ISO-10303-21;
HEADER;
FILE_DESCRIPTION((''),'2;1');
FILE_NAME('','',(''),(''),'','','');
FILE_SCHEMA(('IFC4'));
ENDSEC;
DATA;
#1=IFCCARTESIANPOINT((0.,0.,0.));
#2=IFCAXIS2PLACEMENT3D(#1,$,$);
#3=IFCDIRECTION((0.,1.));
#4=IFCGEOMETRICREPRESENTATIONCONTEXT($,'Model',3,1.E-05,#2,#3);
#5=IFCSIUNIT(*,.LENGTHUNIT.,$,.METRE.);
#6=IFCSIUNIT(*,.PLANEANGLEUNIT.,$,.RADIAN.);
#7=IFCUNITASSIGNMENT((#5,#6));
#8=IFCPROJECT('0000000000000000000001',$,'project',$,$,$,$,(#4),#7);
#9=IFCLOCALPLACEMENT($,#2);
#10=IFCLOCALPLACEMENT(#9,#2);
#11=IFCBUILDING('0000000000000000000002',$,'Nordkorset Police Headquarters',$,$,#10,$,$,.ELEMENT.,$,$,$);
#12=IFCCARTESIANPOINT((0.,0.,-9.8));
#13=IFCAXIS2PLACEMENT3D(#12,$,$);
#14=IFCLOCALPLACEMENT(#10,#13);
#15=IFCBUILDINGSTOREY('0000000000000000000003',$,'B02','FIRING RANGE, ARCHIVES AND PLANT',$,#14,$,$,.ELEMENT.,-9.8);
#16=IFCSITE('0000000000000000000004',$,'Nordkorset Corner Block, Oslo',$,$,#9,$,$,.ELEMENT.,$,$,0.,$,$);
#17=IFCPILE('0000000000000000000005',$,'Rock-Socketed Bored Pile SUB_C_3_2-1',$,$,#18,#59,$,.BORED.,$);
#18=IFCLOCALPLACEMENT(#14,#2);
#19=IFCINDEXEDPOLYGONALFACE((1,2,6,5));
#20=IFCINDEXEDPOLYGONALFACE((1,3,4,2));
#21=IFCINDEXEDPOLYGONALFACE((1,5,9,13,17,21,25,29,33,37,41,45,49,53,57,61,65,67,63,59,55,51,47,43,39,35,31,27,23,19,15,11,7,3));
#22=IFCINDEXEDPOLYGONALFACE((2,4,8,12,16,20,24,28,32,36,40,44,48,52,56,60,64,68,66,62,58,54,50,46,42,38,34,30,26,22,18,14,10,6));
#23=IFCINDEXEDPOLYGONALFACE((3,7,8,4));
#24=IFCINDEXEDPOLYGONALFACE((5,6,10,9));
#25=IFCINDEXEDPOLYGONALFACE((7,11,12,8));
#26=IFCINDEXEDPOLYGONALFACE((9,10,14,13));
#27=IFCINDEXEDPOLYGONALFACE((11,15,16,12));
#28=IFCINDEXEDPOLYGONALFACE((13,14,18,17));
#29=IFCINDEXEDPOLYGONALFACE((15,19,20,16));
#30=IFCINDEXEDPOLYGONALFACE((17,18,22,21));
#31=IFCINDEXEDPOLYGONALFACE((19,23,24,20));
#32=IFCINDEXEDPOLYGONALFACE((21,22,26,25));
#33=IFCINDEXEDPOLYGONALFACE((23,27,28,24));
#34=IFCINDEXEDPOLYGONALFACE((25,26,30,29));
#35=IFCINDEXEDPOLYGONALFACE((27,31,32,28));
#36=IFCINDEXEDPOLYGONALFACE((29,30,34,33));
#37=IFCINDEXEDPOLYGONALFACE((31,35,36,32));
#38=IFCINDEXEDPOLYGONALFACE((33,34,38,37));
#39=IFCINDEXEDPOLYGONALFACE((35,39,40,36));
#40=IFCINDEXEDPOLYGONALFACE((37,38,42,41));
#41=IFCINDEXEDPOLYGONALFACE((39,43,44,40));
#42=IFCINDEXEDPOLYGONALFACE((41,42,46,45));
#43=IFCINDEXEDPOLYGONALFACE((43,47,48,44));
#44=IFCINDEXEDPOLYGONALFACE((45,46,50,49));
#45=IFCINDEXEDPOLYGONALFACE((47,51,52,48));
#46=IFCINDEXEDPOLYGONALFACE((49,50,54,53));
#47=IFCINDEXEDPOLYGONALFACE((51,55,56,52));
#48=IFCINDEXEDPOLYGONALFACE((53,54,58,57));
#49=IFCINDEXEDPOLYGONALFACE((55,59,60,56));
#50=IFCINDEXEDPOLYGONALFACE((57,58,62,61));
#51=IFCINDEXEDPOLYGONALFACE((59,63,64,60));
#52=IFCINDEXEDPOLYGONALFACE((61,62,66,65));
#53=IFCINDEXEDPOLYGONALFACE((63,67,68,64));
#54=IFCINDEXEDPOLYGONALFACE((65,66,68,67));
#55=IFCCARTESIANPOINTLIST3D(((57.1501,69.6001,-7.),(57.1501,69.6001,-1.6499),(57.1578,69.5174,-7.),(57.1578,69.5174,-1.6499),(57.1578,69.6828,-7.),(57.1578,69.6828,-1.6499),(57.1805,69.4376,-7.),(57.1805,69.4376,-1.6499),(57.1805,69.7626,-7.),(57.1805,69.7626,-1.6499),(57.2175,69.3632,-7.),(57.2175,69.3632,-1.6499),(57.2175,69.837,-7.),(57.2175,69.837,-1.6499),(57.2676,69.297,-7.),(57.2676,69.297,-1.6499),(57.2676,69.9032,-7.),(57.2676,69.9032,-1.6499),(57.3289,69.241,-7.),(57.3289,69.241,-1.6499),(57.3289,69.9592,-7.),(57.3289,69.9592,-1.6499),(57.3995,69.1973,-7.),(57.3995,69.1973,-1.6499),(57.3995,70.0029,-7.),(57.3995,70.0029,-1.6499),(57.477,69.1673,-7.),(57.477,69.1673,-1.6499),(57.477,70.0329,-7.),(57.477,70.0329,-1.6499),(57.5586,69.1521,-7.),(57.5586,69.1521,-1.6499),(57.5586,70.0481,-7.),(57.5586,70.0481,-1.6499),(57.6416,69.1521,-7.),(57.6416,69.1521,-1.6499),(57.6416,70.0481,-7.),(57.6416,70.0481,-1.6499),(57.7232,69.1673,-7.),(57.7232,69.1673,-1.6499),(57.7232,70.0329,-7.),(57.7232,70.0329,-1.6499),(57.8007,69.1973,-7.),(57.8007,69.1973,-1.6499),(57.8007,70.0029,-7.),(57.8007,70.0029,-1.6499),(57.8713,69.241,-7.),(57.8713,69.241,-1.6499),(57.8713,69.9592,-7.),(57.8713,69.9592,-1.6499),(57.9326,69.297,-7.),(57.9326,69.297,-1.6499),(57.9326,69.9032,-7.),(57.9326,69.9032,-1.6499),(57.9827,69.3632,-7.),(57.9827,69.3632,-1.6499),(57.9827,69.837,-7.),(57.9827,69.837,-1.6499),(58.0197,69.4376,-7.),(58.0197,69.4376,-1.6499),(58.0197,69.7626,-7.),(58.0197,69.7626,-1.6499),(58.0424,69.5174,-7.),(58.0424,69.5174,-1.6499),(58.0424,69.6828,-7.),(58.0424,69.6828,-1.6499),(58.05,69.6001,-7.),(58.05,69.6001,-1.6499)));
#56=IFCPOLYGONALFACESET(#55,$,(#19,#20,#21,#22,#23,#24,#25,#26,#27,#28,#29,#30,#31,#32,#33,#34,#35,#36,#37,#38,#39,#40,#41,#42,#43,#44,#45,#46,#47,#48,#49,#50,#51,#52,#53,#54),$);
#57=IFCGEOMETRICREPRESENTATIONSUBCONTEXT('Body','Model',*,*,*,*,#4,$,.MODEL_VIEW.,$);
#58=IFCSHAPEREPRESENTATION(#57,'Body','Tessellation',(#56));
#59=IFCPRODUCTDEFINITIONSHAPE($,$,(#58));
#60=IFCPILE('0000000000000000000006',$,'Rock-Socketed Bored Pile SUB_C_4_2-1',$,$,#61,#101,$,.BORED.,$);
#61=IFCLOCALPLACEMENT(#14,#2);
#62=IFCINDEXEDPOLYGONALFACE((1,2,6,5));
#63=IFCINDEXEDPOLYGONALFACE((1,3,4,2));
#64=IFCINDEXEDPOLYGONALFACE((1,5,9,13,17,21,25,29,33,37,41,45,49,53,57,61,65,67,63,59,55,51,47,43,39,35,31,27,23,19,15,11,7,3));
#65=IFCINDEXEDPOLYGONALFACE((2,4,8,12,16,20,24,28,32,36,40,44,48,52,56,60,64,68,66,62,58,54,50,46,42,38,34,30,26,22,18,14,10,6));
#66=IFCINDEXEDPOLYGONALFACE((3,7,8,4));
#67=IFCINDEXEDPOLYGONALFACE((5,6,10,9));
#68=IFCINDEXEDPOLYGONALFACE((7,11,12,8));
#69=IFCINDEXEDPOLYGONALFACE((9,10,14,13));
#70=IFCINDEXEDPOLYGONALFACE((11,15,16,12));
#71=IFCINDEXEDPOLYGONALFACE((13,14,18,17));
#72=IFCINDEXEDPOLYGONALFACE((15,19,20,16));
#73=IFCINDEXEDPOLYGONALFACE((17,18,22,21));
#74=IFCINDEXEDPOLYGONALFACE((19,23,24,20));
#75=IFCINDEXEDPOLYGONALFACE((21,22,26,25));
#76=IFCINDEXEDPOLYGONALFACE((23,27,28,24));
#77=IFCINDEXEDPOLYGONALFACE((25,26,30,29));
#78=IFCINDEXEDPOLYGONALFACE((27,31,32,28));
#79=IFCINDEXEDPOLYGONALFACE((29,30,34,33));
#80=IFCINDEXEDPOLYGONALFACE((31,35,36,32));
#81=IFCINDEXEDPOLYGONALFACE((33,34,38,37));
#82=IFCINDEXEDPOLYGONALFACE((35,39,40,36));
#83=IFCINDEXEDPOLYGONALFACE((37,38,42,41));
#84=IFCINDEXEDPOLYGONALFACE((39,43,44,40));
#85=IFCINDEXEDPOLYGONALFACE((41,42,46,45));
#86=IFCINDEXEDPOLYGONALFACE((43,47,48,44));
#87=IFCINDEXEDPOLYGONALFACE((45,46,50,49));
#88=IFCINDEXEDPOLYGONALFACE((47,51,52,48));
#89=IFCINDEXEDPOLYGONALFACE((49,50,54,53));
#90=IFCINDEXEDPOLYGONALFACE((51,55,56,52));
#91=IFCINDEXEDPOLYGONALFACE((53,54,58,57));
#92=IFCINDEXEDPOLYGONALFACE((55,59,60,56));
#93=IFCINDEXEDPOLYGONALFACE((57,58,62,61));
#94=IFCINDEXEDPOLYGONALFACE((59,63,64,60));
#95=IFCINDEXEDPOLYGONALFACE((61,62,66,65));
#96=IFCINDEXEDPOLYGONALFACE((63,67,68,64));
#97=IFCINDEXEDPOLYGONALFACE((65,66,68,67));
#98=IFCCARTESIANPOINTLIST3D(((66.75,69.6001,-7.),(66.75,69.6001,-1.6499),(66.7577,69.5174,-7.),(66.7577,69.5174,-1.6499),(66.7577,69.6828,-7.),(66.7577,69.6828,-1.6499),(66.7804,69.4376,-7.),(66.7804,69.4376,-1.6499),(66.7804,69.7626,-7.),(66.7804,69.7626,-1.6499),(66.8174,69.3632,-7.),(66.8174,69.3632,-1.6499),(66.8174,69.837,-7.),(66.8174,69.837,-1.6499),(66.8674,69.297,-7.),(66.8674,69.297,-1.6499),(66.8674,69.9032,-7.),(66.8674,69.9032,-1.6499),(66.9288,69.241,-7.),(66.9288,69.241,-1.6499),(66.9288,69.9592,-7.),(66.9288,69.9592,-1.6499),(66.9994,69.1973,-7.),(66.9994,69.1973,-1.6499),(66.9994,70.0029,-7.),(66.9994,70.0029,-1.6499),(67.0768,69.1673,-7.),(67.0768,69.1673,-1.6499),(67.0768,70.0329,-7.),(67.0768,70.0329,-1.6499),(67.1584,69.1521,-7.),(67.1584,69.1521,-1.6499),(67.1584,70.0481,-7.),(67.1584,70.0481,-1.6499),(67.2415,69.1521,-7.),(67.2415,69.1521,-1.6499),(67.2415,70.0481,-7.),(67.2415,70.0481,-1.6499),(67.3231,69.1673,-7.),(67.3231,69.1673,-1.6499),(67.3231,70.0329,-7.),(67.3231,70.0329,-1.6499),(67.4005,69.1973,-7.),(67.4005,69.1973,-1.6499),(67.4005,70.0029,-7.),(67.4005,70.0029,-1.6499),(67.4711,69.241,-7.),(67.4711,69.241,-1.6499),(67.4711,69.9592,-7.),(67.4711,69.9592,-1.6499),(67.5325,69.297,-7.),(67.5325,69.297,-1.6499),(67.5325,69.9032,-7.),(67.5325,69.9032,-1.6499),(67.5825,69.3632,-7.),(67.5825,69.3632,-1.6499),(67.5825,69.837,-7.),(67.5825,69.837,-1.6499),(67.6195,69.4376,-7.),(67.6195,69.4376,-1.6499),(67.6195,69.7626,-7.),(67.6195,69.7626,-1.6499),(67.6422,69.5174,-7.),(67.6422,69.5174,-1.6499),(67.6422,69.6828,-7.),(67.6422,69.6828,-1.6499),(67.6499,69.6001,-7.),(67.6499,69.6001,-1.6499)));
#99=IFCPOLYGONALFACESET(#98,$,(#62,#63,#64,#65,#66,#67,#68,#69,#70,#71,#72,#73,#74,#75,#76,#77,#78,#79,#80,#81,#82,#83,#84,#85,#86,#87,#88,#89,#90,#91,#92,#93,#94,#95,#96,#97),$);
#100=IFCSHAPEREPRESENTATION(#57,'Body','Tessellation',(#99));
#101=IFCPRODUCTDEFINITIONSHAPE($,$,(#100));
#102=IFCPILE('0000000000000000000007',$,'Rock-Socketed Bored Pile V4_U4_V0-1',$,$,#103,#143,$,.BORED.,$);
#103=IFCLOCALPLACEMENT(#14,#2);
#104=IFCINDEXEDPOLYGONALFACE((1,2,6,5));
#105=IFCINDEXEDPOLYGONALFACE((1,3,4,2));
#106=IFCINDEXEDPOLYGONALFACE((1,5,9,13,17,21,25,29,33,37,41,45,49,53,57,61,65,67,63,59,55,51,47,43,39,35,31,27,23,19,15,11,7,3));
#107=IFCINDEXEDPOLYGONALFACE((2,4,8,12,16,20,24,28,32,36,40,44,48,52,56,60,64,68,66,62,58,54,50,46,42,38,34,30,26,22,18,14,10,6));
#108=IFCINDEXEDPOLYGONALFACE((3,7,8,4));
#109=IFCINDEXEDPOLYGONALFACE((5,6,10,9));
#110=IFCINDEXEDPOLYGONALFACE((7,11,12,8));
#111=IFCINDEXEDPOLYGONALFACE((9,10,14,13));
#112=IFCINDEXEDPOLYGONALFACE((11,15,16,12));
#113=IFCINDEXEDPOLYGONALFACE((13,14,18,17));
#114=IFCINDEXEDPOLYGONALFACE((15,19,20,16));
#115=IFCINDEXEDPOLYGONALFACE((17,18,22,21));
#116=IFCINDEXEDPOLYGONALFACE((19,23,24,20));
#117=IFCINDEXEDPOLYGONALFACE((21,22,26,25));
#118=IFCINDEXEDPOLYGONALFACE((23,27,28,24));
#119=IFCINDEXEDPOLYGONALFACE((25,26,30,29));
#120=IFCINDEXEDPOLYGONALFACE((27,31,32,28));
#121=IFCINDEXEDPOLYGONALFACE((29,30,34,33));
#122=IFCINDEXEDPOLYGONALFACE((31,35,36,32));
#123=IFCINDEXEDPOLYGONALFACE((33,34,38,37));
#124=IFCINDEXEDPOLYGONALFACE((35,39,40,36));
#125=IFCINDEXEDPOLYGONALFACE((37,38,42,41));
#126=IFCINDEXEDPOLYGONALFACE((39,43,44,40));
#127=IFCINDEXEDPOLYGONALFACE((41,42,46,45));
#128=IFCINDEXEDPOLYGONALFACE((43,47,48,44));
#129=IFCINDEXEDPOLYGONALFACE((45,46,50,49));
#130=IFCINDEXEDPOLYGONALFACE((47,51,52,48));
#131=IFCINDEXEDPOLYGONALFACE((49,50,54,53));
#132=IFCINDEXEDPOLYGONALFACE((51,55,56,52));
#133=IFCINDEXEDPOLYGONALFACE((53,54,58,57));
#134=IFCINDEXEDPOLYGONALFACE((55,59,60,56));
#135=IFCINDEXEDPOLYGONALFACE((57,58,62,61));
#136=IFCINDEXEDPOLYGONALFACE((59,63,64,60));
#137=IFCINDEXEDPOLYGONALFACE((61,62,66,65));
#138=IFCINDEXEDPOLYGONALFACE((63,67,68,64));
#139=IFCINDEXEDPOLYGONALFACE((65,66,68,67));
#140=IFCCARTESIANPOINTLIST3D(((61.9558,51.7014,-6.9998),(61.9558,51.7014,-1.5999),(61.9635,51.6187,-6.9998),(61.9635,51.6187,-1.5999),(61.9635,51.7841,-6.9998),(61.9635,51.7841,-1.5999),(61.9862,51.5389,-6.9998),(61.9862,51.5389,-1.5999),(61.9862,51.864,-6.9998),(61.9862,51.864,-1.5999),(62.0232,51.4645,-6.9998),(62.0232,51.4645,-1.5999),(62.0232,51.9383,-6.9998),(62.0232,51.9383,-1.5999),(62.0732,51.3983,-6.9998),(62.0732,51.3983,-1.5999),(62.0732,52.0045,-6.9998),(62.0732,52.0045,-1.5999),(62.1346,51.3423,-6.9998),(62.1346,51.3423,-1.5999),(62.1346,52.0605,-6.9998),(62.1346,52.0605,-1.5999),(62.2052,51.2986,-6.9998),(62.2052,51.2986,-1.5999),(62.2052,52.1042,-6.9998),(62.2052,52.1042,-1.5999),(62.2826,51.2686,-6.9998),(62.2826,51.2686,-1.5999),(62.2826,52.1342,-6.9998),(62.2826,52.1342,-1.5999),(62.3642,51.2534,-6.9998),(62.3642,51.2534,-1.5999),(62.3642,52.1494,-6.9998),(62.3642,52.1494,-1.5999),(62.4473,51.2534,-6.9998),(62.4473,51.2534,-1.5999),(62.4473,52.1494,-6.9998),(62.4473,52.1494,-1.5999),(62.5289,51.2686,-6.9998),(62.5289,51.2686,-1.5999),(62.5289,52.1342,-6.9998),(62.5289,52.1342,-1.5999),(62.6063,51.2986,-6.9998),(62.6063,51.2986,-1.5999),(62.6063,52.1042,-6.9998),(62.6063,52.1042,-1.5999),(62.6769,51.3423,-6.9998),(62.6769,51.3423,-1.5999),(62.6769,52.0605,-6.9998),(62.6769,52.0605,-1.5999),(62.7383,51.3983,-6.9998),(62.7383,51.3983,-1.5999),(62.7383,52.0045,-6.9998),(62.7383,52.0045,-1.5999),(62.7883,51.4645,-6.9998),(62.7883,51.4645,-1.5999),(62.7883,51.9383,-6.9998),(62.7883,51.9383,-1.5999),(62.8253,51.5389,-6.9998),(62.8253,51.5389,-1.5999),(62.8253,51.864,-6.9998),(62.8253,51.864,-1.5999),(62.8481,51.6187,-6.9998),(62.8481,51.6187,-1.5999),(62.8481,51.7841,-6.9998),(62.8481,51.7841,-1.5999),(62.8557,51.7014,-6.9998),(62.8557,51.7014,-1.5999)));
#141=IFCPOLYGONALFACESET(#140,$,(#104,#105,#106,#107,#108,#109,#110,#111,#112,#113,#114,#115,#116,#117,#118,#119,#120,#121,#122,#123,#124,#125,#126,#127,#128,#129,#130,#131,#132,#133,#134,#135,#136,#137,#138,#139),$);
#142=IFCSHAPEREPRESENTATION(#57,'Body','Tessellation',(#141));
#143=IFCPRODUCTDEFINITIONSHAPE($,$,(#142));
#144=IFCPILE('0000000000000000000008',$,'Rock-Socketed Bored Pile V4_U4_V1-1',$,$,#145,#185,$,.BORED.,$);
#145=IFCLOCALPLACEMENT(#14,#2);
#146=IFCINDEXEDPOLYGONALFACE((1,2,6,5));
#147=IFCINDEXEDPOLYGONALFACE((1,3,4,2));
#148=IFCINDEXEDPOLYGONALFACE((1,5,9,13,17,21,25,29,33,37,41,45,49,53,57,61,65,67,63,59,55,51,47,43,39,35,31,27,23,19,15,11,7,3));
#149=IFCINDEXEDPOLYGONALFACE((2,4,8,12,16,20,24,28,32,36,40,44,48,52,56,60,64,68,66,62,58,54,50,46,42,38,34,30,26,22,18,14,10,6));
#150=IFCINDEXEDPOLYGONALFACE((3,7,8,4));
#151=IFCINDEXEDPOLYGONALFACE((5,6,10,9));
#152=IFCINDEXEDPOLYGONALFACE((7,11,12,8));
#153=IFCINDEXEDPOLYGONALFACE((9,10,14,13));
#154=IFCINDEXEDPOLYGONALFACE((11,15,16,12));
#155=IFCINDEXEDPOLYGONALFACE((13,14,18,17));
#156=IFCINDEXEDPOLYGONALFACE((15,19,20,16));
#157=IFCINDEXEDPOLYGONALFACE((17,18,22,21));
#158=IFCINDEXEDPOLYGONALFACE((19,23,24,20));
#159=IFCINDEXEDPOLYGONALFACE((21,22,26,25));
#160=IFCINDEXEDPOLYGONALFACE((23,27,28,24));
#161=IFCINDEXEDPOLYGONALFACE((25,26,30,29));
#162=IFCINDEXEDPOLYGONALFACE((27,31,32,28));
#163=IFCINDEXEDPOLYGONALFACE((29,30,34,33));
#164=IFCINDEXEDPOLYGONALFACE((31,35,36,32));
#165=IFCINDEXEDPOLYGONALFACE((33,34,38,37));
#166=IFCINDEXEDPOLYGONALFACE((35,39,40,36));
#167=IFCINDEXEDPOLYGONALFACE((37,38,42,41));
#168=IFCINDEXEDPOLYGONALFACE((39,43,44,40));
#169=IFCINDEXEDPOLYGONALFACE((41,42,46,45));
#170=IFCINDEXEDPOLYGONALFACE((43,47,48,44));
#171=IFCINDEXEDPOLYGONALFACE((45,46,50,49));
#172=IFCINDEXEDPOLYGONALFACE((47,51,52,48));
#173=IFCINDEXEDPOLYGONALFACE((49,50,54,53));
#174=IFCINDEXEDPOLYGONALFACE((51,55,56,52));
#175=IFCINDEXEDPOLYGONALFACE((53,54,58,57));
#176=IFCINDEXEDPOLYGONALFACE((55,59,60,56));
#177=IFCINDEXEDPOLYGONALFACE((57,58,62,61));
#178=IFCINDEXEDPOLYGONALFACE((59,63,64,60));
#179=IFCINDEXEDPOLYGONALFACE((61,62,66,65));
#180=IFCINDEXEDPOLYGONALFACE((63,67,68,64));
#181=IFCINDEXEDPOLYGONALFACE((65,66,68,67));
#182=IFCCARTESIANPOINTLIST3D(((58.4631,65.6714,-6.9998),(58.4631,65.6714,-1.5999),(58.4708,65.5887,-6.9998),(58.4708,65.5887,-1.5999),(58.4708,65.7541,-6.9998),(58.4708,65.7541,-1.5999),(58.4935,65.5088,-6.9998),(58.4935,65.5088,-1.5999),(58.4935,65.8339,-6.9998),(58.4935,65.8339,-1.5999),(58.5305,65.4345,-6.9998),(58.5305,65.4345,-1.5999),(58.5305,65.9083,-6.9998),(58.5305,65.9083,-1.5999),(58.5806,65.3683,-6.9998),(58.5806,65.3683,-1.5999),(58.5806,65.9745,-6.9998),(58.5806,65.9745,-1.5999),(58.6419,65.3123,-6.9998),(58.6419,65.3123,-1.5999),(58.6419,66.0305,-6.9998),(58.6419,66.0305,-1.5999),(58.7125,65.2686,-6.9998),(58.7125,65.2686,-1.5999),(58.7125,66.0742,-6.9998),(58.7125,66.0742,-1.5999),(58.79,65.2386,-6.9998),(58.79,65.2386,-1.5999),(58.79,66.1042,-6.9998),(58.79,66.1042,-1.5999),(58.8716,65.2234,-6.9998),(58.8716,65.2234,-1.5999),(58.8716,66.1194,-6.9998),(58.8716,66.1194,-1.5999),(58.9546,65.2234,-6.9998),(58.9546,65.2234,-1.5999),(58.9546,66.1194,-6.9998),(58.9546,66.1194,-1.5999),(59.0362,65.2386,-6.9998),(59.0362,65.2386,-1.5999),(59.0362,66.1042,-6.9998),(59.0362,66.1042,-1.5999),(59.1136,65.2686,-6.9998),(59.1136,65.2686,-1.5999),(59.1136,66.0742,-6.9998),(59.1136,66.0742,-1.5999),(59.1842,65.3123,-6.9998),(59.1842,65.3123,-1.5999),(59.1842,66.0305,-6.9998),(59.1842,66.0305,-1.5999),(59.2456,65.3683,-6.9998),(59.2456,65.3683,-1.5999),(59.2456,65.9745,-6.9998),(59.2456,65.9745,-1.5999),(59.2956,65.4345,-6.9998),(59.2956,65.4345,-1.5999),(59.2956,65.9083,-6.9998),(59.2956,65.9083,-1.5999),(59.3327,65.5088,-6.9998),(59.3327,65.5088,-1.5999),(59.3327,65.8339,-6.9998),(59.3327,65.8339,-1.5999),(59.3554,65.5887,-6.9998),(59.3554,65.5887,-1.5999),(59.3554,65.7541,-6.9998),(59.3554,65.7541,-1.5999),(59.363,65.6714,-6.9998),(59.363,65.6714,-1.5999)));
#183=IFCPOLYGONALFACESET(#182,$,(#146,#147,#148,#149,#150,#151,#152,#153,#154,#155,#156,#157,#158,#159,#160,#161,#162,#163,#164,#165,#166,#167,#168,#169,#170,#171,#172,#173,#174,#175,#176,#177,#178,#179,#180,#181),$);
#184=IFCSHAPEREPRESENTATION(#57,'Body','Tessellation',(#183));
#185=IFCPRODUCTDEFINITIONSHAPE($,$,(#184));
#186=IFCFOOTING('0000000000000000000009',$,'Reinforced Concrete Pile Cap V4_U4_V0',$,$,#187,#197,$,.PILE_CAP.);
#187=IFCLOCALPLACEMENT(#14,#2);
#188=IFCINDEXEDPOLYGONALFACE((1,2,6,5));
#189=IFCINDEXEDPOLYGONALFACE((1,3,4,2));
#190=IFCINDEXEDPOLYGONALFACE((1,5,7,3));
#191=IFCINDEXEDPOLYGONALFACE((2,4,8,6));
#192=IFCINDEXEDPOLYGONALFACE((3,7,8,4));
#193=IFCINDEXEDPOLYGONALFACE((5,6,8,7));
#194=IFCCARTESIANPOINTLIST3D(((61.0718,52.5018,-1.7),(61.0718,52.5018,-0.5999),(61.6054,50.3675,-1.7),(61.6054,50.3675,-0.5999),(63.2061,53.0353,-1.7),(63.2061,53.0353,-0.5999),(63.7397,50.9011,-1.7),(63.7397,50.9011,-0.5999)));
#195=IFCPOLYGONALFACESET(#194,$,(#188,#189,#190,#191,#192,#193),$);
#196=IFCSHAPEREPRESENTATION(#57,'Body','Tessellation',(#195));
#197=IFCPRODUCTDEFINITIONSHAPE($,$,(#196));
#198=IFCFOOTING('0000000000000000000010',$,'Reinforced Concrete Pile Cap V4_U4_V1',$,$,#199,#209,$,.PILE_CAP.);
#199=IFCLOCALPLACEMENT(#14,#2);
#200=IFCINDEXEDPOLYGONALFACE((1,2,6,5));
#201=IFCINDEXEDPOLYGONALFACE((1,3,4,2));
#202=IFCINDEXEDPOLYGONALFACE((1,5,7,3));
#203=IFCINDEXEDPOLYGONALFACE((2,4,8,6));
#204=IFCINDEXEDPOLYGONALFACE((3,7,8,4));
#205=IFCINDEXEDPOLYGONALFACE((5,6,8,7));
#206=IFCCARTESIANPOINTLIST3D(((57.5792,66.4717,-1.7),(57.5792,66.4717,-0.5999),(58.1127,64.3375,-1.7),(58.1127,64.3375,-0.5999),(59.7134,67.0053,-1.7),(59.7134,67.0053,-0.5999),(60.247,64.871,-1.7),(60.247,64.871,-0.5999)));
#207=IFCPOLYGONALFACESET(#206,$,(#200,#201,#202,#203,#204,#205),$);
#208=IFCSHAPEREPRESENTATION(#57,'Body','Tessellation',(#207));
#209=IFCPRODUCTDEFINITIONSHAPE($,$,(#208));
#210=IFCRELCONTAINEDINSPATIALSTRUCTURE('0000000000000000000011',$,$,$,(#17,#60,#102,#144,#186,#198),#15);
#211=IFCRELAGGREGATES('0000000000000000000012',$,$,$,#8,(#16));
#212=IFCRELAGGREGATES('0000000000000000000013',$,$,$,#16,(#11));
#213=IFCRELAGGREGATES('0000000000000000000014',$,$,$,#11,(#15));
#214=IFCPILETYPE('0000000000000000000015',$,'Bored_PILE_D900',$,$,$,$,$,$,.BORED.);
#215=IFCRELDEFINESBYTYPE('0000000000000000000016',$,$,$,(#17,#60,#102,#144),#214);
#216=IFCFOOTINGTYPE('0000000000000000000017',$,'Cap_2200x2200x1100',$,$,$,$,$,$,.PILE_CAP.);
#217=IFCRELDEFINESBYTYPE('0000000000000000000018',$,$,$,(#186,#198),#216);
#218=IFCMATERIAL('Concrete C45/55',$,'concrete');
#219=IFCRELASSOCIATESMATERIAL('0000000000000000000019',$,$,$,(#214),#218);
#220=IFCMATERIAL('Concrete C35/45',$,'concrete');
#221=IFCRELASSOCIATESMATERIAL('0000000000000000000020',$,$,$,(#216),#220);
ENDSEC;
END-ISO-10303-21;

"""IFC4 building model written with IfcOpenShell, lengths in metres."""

from ifc_helpers import new_model, si_unit, direction, frame, origin, origin_2d, place, context, subcontext, project, spatial, rectangle, circle, extrude, material, material_profile, profile_set, type_object, element, save


model = new_model("IFC4")

# Units and contexts
model_context = context("Model", 3, precision=1e-05, world=origin(), true_north=direction((0.0, 1.0)))
body_context = subcontext(model_context, "Body", "Model", "MODEL_VIEW")
ifc_project = project(units=[si_unit("LENGTHUNIT", "METRE"), si_unit("PLANEANGLEUNIT", "RADIAN")], contexts=[model_context])

# Site, building, storey
site_placement = place(None, origin())
site = spatial("IfcSite", under=ifc_project, at=site_placement, Name="Nordkorset Corner Block, Oslo", CompositionType="ELEMENT", RefElevation=0.0)
building_placement = place(site_placement, origin())
building = spatial("IfcBuilding", under=site, at=building_placement, Name="Nordkorset Police Headquarters", CompositionType="ELEMENT")
storey_placement = place(building_placement, frame((0.0, 0.0, -9.8)))
storey = spatial("IfcBuildingStorey", under=building, at=storey_placement, Name="B02", Description="FIRING RANGE, ARCHIVES AND PLANT", CompositionType="ELEMENT", Elevation=-9.8)

# Piles
ifc_material_1 = material(Name="Concrete C45/55", Category="concrete")
ifc_material_profile_1 = material_profile(ifc_material_1, circle(Radius=0.45, at=origin_2d()), Name="PILE D900")
ifc_profile_set_1 = profile_set([ifc_material_profile_1], Name="Concrete C45/55")
pile_type = type_object("IfcPileType", Name="Bored_PILE_D900", PredefinedType="BORED", material=ifc_profile_set_1)
for number, where, z_axis, x_axis, name in (
    (1, (57.6001, 69.6001, -1.6499), (0.0, 0.0, -1.0), (1.0, 0.0, 0.0), "Rock-Socketed Bored Pile SUB_C_3_2-1"),
    (2, (67.2, 69.6001, -1.6499), (0.0, 0.0, -1.0), (1.0, 0.0, 0.0), "Rock-Socketed Bored Pile SUB_C_4_2-1"),
):
    element("IfcPile", number, at=place(storey_placement, frame(where, z_axis=z_axis, x_axis=x_axis)), inside=storey, type_object=pile_type, Name=name, PredefinedType="BORED", context=body_context, shape_type="SweptSolid", body=[
        extrude(circle(Radius=0.45, at=origin_2d()), origin(), (0.0, 0.0, 1.0), 5.3501),
    ])
for number, where, z_axis, x_axis, name in (
    (3, (62.4058, 51.7014, -1.5999), (0.0, 0.0, -1.0), (1.0, 0.0, 0.0), "Rock-Socketed Bored Pile V4_U4_V0-1"),
    (4, (58.9131, 65.6714, -1.5999), (0.0, 0.0, -1.0), (1.0, 0.0, 0.0), "Rock-Socketed Bored Pile V4_U4_V1-1"),
):
    element("IfcPile", number, at=place(storey_placement, frame(where, z_axis=z_axis, x_axis=x_axis)), inside=storey, type_object=pile_type, Name=name, PredefinedType="BORED", context=body_context, shape_type="SweptSolid", body=[
        extrude(circle(Radius=0.45, at=origin_2d()), origin(), (0.0, 0.0, 1.0), 5.3999),
    ])

# Footings
ifc_material_2 = material(Name="Concrete C35/45", Category="concrete")
footing_type_1 = type_object("IfcFootingType", Name="Cap_2200x2200x1100", PredefinedType="PILE_CAP", material=ifc_material_2)
for number, where, z_axis, x_axis, name in (
    (5, (62.4058, 51.7014, -1.7), (0.0, 0.0, 1.0), (0.970143, 0.242536, 0.0), "Reinforced Concrete Pile Cap V4_U4_V0"),
    (6, (58.9131, 65.6714, -1.7), (0.0, 0.0, 1.0), (0.970143, 0.242536, 0.0), "Reinforced Concrete Pile Cap V4_U4_V1"),
):
    element("IfcFooting", number, at=place(storey_placement, frame(where, z_axis=z_axis, x_axis=x_axis)), inside=storey, type_object=footing_type_1, Name=name, PredefinedType="PILE_CAP", context=body_context, shape_type="SweptSolid", body=[
        extrude(rectangle(XDim=2.2, YDim=2.2, at=origin_2d()), origin(), (0.0, 0.0, 1.0), 1.1001),
    ])

save(model, "model.ifc")
